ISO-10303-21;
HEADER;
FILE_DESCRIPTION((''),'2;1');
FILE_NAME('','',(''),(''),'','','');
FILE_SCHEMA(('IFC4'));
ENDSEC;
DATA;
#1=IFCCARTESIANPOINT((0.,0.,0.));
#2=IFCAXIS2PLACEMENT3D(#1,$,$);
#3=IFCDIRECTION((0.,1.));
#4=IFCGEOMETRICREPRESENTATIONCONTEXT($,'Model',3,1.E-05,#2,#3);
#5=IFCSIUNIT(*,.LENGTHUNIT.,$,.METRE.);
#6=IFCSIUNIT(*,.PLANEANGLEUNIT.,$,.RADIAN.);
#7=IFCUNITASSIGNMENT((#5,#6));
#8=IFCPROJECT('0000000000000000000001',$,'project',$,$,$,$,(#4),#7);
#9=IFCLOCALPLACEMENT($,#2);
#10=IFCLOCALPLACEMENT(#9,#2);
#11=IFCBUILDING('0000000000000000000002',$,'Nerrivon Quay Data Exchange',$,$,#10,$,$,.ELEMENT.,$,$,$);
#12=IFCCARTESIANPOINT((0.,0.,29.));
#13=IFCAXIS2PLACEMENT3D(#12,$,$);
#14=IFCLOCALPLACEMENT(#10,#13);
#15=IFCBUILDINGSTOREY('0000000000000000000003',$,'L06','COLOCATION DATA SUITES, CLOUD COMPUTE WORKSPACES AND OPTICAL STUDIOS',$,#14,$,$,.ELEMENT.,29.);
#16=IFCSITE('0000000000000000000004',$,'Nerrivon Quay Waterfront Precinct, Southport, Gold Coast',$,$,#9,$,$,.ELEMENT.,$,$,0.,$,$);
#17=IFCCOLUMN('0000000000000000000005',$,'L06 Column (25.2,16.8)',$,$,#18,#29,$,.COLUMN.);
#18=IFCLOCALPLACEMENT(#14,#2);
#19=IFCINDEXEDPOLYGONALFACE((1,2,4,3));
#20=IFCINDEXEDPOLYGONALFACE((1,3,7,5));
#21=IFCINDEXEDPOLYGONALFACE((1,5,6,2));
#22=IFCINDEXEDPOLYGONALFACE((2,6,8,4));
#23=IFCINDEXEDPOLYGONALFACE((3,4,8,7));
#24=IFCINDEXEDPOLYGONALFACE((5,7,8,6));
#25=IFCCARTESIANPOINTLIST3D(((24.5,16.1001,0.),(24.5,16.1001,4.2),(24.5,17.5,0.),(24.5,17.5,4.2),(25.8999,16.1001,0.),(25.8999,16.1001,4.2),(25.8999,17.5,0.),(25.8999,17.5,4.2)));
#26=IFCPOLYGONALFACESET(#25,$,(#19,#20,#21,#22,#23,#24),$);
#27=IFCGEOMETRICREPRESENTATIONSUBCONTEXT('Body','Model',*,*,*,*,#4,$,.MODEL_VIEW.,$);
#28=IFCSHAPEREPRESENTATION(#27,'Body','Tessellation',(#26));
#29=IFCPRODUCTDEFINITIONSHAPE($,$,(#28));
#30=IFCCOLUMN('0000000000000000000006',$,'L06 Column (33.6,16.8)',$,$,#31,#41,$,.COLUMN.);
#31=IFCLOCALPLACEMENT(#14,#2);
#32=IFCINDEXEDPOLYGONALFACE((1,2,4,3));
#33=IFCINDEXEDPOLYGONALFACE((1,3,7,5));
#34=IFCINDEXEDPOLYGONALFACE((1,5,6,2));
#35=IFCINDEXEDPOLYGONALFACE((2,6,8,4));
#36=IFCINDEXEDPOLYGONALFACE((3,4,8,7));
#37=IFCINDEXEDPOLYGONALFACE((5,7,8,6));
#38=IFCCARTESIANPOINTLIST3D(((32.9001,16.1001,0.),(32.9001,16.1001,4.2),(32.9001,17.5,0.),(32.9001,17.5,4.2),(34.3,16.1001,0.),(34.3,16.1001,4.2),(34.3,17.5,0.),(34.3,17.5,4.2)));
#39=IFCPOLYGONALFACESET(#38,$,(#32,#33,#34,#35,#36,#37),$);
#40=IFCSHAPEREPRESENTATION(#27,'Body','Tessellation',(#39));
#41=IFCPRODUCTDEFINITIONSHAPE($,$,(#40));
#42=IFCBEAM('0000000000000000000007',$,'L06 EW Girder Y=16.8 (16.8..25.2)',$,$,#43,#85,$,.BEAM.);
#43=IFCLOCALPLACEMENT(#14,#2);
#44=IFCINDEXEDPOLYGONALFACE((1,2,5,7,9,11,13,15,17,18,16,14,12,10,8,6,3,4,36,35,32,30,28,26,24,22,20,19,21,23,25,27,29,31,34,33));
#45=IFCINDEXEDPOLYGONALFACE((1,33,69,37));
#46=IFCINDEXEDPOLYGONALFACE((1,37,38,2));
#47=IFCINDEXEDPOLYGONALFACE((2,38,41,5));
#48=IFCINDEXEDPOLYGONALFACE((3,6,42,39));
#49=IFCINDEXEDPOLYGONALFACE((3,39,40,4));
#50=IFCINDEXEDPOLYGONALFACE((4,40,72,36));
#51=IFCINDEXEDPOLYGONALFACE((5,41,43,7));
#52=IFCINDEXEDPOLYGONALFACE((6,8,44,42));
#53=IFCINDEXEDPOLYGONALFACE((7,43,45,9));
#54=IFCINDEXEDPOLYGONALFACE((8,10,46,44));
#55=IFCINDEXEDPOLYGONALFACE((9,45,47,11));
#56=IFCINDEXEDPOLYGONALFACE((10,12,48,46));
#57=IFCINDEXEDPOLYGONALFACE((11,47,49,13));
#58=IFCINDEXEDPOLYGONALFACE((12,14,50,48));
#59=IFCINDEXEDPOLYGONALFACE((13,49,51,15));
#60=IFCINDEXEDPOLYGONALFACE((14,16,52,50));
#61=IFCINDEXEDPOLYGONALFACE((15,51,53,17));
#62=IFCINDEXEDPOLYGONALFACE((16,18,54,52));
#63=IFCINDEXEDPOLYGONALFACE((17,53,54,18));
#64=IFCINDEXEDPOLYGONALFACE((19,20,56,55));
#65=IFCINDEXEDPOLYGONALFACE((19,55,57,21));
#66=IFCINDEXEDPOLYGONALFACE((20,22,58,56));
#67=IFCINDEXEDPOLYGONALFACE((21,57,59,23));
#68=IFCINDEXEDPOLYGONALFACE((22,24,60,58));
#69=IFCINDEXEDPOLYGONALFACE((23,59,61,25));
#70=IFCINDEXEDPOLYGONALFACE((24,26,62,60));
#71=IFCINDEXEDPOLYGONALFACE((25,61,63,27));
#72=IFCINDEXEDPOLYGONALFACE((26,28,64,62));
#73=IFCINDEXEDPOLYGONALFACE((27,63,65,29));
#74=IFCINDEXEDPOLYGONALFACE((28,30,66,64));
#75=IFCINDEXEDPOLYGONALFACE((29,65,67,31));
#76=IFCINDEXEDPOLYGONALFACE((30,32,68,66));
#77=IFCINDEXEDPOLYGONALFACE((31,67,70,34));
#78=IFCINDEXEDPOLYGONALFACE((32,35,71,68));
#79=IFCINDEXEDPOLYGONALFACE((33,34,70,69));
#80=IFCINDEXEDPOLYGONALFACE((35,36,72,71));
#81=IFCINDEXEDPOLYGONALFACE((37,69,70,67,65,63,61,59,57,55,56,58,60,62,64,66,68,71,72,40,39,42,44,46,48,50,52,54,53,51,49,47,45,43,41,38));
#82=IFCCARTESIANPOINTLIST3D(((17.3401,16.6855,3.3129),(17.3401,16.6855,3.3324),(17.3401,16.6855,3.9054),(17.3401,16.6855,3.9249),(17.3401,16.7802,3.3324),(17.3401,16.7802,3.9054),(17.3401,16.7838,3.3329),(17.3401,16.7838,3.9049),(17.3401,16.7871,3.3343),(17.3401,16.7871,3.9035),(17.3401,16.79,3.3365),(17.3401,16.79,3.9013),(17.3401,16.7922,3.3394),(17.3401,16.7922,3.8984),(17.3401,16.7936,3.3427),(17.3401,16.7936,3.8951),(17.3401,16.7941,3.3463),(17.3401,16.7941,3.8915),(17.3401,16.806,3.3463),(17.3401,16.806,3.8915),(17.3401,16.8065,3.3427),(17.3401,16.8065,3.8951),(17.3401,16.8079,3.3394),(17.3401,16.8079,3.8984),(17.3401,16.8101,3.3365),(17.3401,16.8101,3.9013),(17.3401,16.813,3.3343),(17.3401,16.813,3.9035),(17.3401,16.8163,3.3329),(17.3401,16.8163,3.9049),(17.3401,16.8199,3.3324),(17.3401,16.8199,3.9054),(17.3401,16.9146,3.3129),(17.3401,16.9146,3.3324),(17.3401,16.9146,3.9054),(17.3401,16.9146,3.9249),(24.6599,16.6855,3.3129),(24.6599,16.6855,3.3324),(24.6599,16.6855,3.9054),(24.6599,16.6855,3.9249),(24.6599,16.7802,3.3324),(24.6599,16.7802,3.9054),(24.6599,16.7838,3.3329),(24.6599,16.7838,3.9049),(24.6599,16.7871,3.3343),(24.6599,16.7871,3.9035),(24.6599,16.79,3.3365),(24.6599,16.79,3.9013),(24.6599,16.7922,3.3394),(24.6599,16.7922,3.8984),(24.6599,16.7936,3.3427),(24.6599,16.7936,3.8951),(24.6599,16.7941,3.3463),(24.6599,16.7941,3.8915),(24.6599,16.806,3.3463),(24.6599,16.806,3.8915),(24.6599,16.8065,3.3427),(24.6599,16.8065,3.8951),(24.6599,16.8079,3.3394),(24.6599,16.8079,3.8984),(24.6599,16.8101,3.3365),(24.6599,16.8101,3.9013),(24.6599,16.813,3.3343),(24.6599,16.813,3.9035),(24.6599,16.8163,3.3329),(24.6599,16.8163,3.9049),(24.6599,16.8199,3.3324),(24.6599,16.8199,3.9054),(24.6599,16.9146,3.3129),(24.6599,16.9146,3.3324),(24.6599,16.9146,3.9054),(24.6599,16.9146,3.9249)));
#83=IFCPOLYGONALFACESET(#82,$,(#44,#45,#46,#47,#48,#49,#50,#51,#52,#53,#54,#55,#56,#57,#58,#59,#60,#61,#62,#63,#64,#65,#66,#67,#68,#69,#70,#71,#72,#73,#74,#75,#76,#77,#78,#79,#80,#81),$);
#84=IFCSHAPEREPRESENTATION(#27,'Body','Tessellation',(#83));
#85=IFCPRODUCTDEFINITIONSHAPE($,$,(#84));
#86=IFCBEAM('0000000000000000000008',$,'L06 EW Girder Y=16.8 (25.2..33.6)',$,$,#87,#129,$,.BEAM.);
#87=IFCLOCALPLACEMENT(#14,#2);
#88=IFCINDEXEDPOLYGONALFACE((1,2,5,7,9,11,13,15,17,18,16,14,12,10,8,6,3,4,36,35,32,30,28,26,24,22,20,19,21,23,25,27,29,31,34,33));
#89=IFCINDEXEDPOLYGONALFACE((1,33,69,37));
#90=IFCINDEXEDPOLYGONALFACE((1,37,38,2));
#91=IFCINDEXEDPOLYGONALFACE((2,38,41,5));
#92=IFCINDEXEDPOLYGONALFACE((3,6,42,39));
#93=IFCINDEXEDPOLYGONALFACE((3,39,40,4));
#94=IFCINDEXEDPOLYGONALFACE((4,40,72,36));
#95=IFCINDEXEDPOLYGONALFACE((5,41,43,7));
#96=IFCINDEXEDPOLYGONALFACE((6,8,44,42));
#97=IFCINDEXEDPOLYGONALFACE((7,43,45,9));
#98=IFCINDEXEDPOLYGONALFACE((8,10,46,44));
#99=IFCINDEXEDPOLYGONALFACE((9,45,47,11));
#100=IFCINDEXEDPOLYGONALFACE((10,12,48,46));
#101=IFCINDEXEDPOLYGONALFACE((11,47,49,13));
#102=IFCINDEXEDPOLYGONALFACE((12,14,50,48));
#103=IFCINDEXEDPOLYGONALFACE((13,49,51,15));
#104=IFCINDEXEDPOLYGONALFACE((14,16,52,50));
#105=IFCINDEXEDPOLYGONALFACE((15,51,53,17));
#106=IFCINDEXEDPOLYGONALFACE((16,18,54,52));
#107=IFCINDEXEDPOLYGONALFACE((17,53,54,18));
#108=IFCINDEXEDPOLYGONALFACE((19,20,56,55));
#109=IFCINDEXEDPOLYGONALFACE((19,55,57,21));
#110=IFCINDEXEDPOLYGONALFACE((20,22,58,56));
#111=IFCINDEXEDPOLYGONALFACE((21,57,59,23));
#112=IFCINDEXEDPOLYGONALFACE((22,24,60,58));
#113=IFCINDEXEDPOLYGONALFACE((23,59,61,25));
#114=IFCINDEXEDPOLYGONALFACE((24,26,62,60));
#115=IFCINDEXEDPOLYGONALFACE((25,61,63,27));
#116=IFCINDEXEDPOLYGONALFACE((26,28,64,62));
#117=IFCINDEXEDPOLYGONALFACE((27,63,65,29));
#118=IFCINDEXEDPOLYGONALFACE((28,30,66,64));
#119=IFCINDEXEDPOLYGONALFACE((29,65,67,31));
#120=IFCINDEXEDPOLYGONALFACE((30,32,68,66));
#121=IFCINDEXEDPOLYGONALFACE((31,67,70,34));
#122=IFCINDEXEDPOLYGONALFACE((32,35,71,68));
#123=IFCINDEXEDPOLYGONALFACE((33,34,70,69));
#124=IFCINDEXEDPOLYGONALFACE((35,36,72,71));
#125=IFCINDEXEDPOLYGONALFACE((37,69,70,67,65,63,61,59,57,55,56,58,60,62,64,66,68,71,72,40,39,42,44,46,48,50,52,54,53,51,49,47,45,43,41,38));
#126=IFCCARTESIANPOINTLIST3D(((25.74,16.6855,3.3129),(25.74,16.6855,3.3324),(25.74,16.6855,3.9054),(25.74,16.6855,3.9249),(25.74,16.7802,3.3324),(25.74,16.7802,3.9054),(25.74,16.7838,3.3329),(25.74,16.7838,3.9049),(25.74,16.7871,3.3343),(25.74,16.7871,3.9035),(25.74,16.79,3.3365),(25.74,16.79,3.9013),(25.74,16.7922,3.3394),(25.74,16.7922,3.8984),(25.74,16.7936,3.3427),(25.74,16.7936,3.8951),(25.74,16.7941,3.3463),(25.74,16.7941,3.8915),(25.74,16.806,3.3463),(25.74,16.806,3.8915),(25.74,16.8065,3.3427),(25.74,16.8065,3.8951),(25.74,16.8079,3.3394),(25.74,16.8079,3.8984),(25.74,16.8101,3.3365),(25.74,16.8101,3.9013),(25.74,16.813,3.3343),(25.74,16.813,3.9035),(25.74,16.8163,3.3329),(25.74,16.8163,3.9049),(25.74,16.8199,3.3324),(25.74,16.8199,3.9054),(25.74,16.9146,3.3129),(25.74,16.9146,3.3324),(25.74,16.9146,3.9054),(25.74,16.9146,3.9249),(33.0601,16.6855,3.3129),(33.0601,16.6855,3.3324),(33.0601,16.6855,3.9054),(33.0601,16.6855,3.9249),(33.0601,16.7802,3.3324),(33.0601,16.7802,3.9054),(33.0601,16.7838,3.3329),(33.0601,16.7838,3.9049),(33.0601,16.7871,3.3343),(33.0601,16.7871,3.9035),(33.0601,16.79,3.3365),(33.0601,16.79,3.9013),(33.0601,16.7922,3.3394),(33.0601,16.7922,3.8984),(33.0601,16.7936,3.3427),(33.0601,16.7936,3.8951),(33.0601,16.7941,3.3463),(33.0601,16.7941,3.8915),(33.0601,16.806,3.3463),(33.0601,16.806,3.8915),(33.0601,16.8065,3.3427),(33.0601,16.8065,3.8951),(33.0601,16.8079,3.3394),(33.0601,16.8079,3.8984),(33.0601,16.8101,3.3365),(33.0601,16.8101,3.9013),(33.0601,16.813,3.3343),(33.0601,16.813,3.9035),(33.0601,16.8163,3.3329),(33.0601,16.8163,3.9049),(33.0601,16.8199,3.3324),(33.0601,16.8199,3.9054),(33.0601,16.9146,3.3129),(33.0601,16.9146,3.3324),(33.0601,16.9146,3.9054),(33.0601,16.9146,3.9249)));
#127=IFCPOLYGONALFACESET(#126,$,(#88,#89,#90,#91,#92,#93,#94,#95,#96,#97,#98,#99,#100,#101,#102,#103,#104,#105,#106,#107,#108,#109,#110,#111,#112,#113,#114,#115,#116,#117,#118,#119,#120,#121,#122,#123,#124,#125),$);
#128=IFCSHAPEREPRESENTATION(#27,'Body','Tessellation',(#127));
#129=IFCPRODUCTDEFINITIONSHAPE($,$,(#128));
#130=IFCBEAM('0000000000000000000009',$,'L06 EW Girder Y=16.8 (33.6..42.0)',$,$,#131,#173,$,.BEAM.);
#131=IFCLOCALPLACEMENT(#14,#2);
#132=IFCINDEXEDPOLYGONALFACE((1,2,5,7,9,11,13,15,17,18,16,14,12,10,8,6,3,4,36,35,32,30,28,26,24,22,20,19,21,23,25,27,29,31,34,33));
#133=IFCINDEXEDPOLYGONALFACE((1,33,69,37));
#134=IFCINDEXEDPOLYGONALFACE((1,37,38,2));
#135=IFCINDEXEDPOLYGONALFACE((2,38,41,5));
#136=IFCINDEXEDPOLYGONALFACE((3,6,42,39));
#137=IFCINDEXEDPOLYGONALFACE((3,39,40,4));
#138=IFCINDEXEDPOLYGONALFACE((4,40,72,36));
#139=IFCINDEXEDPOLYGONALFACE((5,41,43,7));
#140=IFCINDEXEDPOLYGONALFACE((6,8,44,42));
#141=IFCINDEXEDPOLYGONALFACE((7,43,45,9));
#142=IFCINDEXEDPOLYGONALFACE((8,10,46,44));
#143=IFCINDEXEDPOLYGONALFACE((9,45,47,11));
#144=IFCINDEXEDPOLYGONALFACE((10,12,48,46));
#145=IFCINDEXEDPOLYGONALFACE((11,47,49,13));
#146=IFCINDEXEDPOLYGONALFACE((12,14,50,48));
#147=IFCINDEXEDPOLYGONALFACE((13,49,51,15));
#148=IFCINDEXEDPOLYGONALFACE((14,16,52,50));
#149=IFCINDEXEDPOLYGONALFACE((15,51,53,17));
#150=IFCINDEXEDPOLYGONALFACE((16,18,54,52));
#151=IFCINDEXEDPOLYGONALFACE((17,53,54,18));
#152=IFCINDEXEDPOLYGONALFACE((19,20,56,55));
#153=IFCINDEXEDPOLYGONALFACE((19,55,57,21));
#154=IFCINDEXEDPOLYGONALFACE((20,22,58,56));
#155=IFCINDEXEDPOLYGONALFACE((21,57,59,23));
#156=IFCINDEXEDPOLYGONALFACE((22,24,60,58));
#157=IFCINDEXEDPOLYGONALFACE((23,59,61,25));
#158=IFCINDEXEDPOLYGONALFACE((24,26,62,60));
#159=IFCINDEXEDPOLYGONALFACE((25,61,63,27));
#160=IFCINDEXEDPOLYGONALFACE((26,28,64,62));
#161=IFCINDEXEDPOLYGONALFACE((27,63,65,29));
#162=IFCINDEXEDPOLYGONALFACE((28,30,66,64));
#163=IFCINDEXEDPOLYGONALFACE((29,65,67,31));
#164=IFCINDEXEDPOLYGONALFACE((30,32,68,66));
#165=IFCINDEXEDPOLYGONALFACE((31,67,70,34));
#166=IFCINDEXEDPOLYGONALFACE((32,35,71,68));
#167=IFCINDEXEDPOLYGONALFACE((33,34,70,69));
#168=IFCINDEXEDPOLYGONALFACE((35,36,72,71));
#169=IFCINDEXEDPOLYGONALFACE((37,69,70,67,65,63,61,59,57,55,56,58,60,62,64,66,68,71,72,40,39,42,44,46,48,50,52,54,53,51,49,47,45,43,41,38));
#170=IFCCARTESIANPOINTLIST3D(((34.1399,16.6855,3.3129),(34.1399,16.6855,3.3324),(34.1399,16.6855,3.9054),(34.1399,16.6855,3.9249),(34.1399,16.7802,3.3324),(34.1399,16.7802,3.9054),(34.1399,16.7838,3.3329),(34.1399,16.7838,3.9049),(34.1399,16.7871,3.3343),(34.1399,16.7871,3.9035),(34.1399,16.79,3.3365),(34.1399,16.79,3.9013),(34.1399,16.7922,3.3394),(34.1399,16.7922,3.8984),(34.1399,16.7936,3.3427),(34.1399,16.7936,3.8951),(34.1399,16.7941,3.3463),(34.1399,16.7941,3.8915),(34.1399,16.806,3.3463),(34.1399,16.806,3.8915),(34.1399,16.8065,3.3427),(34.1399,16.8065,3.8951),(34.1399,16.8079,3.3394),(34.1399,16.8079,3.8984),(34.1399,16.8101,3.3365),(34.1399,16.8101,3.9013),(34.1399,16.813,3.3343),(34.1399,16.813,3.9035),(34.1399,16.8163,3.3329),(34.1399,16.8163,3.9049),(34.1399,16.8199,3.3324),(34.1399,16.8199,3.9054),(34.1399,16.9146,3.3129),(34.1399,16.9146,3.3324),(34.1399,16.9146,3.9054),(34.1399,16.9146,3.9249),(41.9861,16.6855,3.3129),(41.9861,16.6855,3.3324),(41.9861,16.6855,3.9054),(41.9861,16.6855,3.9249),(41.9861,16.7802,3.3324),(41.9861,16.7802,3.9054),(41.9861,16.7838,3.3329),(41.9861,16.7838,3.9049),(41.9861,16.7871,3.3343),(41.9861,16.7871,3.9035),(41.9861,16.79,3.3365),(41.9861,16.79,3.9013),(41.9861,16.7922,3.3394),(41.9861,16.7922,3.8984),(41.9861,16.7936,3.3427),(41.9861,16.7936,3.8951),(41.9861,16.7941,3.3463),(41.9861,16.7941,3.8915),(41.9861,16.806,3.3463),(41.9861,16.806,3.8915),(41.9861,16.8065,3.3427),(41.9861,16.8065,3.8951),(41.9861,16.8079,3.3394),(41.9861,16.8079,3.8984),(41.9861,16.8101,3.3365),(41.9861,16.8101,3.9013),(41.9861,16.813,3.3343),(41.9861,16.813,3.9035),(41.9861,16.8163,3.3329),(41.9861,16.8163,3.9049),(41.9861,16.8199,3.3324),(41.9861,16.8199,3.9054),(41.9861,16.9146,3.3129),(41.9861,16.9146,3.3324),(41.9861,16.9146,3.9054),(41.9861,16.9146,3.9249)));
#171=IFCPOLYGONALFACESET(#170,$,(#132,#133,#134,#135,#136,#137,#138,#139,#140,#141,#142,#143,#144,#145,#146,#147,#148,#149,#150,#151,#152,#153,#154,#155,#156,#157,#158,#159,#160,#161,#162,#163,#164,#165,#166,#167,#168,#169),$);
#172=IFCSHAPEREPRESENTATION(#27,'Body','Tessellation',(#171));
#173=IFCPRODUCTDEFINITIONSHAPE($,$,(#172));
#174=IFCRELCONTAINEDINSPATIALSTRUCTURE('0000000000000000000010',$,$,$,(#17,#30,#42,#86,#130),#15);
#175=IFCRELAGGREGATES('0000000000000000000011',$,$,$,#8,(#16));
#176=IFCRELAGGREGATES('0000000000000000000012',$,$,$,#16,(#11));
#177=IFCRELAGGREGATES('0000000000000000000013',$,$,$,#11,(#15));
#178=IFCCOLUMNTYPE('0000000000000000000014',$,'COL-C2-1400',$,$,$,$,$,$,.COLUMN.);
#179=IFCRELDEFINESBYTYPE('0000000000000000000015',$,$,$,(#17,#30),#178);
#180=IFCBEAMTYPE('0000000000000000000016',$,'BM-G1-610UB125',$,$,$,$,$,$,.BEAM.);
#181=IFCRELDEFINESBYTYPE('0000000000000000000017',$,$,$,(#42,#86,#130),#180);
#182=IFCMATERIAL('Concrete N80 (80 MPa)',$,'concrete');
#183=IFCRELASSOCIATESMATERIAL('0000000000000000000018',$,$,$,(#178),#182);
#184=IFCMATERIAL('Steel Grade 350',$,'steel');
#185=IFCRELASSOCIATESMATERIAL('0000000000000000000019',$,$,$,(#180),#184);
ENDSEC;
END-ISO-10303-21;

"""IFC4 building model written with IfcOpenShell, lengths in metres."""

from ifc_helpers import new_model, si_unit, direction, frame, origin, origin_2d, place, context, subcontext, project, spatial, rectangle, i_section, extrude, material, material_profile, profile_set, type_object, element, save


model = new_model("IFC4")

# Units and contexts
model_context = context("Model", 3, precision=1e-05, world=origin(), true_north=direction((0.0, 1.0)))
body_context = subcontext(model_context, "Body", "Model", "MODEL_VIEW")
ifc_project = project(units=[si_unit("LENGTHUNIT", "METRE"), si_unit("PLANEANGLEUNIT", "RADIAN")], contexts=[model_context])

# Site, building, storey
site_placement = place(None, origin())
site = spatial("IfcSite", under=ifc_project, at=site_placement, Name="Nerrivon Quay Waterfront Precinct, Southport, Gold Coast", CompositionType="ELEMENT", RefElevation=0.0)
building_placement = place(site_placement, origin())
building = spatial("IfcBuilding", under=site, at=building_placement, Name="Nerrivon Quay Data Exchange", CompositionType="ELEMENT")
storey_placement = place(building_placement, frame((0.0, 0.0, 29.0)))
storey = spatial("IfcBuildingStorey", under=building, at=storey_placement, Name="L06", Description="COLOCATION DATA SUITES, CLOUD COMPUTE WORKSPACES AND OPTICAL STUDIOS", CompositionType="ELEMENT", Elevation=29.0)

# Columns
ifc_material_1 = material(Name="Concrete N80 (80 MPa)", Category="concrete")
ifc_material_profile_1 = material_profile(ifc_material_1, rectangle(XDim=1.3999, YDim=1.3999, at=origin_2d()), Name="RC-COL-1400x1400")
ifc_profile_set_1 = profile_set([ifc_material_profile_1], Name="Concrete N80 (80 MPa)")
column_type = type_object("IfcColumnType", Name="COL-C2-1400", PredefinedType="COLUMN", material=ifc_profile_set_1)
for number, where, z_axis, x_axis, name in (
    (1, (25.2, 16.8, 0.0), (0.0, 0.0, 1.0), (1.0, 0.0, 0.0), "L06 Column (25.2,16.8)"),
    (2, (33.6001, 16.8, 0.0), (0.0, 0.0, 1.0), (1.0, 0.0, 0.0), "L06 Column (33.6,16.8)"),
):
    element("IfcColumn", number, at=place(storey_placement, frame(where, z_axis=z_axis, x_axis=x_axis)), inside=storey, type_object=column_type, Name=name, PredefinedType="COLUMN", context=body_context, shape_type="SweptSolid", body=[
        extrude(rectangle(XDim=1.3999, YDim=1.3999, at=origin_2d()), origin(), (0.0, 0.0, 1.0), 4.2),
    ])

# Beams
ifc_material_2 = material(Name="Steel Grade 350", Category="steel")
ifc_material_profile_2 = material_profile(ifc_material_2, i_section(OverallWidth=0.229, OverallDepth=0.6121, WebThickness=0.012, FlangeThickness=0.0195, FilletRadius=0.0139, at=origin_2d()), Name="610UB125")
ifc_profile_set_2 = profile_set([ifc_material_profile_2], Name="Steel Grade 350")
beam_type_1 = type_object("IfcBeamType", Name="BM-G1-610UB125", PredefinedType="BEAM", material=ifc_profile_set_2)
beam_1_placement = place(storey_placement, frame((17.3401, 16.8, 3.6189), z_axis=(1.0, 0.0, 0.0), x_axis=(0.0, 1.0, 0.0)))
element("IfcBeam", 3, at=beam_1_placement, inside=storey, type_object=beam_type_1, Name="L06 EW Girder Y=16.8 (16.8..25.2)", PredefinedType="BEAM", context=body_context, shape_type="SweptSolid", body=[
    extrude(i_section(OverallWidth=0.229, OverallDepth=0.6121, WebThickness=0.012, FlangeThickness=0.0195, FilletRadius=0.0139, at=origin_2d()), origin(), (0.0, 0.0, 1.0), 7.3198),
])
beam_2_placement = place(storey_placement, frame((25.74, 16.8, 3.6189), z_axis=(1.0, 0.0, 0.0), x_axis=(0.0, 1.0, 0.0)))
element("IfcBeam", 4, at=beam_2_placement, inside=storey, type_object=beam_type_1, Name="L06 EW Girder Y=16.8 (25.2..33.6)", PredefinedType="BEAM", context=body_context, shape_type="SweptSolid", body=[
    extrude(i_section(OverallWidth=0.229, OverallDepth=0.6121, WebThickness=0.012, FlangeThickness=0.0195, FilletRadius=0.0139, at=origin_2d()), origin(), (0.0, 0.0, 1.0), 7.3201),
])
beam_3_placement = place(storey_placement, frame((34.1399, 16.8, 3.6189), z_axis=(1.0, 0.0, 0.0), x_axis=(0.0, 1.0, 0.0)))
element("IfcBeam", 5, at=beam_3_placement, inside=storey, type_object=beam_type_1, Name="L06 EW Girder Y=16.8 (33.6..42.0)", PredefinedType="BEAM", context=body_context, shape_type="SweptSolid", body=[
    extrude(i_section(OverallWidth=0.229, OverallDepth=0.6121, WebThickness=0.012, FlangeThickness=0.0195, FilletRadius=0.0139, at=origin_2d()), origin(), (0.0, 0.0, 1.0), 7.8462),
])

save(model, "model.ifc")
